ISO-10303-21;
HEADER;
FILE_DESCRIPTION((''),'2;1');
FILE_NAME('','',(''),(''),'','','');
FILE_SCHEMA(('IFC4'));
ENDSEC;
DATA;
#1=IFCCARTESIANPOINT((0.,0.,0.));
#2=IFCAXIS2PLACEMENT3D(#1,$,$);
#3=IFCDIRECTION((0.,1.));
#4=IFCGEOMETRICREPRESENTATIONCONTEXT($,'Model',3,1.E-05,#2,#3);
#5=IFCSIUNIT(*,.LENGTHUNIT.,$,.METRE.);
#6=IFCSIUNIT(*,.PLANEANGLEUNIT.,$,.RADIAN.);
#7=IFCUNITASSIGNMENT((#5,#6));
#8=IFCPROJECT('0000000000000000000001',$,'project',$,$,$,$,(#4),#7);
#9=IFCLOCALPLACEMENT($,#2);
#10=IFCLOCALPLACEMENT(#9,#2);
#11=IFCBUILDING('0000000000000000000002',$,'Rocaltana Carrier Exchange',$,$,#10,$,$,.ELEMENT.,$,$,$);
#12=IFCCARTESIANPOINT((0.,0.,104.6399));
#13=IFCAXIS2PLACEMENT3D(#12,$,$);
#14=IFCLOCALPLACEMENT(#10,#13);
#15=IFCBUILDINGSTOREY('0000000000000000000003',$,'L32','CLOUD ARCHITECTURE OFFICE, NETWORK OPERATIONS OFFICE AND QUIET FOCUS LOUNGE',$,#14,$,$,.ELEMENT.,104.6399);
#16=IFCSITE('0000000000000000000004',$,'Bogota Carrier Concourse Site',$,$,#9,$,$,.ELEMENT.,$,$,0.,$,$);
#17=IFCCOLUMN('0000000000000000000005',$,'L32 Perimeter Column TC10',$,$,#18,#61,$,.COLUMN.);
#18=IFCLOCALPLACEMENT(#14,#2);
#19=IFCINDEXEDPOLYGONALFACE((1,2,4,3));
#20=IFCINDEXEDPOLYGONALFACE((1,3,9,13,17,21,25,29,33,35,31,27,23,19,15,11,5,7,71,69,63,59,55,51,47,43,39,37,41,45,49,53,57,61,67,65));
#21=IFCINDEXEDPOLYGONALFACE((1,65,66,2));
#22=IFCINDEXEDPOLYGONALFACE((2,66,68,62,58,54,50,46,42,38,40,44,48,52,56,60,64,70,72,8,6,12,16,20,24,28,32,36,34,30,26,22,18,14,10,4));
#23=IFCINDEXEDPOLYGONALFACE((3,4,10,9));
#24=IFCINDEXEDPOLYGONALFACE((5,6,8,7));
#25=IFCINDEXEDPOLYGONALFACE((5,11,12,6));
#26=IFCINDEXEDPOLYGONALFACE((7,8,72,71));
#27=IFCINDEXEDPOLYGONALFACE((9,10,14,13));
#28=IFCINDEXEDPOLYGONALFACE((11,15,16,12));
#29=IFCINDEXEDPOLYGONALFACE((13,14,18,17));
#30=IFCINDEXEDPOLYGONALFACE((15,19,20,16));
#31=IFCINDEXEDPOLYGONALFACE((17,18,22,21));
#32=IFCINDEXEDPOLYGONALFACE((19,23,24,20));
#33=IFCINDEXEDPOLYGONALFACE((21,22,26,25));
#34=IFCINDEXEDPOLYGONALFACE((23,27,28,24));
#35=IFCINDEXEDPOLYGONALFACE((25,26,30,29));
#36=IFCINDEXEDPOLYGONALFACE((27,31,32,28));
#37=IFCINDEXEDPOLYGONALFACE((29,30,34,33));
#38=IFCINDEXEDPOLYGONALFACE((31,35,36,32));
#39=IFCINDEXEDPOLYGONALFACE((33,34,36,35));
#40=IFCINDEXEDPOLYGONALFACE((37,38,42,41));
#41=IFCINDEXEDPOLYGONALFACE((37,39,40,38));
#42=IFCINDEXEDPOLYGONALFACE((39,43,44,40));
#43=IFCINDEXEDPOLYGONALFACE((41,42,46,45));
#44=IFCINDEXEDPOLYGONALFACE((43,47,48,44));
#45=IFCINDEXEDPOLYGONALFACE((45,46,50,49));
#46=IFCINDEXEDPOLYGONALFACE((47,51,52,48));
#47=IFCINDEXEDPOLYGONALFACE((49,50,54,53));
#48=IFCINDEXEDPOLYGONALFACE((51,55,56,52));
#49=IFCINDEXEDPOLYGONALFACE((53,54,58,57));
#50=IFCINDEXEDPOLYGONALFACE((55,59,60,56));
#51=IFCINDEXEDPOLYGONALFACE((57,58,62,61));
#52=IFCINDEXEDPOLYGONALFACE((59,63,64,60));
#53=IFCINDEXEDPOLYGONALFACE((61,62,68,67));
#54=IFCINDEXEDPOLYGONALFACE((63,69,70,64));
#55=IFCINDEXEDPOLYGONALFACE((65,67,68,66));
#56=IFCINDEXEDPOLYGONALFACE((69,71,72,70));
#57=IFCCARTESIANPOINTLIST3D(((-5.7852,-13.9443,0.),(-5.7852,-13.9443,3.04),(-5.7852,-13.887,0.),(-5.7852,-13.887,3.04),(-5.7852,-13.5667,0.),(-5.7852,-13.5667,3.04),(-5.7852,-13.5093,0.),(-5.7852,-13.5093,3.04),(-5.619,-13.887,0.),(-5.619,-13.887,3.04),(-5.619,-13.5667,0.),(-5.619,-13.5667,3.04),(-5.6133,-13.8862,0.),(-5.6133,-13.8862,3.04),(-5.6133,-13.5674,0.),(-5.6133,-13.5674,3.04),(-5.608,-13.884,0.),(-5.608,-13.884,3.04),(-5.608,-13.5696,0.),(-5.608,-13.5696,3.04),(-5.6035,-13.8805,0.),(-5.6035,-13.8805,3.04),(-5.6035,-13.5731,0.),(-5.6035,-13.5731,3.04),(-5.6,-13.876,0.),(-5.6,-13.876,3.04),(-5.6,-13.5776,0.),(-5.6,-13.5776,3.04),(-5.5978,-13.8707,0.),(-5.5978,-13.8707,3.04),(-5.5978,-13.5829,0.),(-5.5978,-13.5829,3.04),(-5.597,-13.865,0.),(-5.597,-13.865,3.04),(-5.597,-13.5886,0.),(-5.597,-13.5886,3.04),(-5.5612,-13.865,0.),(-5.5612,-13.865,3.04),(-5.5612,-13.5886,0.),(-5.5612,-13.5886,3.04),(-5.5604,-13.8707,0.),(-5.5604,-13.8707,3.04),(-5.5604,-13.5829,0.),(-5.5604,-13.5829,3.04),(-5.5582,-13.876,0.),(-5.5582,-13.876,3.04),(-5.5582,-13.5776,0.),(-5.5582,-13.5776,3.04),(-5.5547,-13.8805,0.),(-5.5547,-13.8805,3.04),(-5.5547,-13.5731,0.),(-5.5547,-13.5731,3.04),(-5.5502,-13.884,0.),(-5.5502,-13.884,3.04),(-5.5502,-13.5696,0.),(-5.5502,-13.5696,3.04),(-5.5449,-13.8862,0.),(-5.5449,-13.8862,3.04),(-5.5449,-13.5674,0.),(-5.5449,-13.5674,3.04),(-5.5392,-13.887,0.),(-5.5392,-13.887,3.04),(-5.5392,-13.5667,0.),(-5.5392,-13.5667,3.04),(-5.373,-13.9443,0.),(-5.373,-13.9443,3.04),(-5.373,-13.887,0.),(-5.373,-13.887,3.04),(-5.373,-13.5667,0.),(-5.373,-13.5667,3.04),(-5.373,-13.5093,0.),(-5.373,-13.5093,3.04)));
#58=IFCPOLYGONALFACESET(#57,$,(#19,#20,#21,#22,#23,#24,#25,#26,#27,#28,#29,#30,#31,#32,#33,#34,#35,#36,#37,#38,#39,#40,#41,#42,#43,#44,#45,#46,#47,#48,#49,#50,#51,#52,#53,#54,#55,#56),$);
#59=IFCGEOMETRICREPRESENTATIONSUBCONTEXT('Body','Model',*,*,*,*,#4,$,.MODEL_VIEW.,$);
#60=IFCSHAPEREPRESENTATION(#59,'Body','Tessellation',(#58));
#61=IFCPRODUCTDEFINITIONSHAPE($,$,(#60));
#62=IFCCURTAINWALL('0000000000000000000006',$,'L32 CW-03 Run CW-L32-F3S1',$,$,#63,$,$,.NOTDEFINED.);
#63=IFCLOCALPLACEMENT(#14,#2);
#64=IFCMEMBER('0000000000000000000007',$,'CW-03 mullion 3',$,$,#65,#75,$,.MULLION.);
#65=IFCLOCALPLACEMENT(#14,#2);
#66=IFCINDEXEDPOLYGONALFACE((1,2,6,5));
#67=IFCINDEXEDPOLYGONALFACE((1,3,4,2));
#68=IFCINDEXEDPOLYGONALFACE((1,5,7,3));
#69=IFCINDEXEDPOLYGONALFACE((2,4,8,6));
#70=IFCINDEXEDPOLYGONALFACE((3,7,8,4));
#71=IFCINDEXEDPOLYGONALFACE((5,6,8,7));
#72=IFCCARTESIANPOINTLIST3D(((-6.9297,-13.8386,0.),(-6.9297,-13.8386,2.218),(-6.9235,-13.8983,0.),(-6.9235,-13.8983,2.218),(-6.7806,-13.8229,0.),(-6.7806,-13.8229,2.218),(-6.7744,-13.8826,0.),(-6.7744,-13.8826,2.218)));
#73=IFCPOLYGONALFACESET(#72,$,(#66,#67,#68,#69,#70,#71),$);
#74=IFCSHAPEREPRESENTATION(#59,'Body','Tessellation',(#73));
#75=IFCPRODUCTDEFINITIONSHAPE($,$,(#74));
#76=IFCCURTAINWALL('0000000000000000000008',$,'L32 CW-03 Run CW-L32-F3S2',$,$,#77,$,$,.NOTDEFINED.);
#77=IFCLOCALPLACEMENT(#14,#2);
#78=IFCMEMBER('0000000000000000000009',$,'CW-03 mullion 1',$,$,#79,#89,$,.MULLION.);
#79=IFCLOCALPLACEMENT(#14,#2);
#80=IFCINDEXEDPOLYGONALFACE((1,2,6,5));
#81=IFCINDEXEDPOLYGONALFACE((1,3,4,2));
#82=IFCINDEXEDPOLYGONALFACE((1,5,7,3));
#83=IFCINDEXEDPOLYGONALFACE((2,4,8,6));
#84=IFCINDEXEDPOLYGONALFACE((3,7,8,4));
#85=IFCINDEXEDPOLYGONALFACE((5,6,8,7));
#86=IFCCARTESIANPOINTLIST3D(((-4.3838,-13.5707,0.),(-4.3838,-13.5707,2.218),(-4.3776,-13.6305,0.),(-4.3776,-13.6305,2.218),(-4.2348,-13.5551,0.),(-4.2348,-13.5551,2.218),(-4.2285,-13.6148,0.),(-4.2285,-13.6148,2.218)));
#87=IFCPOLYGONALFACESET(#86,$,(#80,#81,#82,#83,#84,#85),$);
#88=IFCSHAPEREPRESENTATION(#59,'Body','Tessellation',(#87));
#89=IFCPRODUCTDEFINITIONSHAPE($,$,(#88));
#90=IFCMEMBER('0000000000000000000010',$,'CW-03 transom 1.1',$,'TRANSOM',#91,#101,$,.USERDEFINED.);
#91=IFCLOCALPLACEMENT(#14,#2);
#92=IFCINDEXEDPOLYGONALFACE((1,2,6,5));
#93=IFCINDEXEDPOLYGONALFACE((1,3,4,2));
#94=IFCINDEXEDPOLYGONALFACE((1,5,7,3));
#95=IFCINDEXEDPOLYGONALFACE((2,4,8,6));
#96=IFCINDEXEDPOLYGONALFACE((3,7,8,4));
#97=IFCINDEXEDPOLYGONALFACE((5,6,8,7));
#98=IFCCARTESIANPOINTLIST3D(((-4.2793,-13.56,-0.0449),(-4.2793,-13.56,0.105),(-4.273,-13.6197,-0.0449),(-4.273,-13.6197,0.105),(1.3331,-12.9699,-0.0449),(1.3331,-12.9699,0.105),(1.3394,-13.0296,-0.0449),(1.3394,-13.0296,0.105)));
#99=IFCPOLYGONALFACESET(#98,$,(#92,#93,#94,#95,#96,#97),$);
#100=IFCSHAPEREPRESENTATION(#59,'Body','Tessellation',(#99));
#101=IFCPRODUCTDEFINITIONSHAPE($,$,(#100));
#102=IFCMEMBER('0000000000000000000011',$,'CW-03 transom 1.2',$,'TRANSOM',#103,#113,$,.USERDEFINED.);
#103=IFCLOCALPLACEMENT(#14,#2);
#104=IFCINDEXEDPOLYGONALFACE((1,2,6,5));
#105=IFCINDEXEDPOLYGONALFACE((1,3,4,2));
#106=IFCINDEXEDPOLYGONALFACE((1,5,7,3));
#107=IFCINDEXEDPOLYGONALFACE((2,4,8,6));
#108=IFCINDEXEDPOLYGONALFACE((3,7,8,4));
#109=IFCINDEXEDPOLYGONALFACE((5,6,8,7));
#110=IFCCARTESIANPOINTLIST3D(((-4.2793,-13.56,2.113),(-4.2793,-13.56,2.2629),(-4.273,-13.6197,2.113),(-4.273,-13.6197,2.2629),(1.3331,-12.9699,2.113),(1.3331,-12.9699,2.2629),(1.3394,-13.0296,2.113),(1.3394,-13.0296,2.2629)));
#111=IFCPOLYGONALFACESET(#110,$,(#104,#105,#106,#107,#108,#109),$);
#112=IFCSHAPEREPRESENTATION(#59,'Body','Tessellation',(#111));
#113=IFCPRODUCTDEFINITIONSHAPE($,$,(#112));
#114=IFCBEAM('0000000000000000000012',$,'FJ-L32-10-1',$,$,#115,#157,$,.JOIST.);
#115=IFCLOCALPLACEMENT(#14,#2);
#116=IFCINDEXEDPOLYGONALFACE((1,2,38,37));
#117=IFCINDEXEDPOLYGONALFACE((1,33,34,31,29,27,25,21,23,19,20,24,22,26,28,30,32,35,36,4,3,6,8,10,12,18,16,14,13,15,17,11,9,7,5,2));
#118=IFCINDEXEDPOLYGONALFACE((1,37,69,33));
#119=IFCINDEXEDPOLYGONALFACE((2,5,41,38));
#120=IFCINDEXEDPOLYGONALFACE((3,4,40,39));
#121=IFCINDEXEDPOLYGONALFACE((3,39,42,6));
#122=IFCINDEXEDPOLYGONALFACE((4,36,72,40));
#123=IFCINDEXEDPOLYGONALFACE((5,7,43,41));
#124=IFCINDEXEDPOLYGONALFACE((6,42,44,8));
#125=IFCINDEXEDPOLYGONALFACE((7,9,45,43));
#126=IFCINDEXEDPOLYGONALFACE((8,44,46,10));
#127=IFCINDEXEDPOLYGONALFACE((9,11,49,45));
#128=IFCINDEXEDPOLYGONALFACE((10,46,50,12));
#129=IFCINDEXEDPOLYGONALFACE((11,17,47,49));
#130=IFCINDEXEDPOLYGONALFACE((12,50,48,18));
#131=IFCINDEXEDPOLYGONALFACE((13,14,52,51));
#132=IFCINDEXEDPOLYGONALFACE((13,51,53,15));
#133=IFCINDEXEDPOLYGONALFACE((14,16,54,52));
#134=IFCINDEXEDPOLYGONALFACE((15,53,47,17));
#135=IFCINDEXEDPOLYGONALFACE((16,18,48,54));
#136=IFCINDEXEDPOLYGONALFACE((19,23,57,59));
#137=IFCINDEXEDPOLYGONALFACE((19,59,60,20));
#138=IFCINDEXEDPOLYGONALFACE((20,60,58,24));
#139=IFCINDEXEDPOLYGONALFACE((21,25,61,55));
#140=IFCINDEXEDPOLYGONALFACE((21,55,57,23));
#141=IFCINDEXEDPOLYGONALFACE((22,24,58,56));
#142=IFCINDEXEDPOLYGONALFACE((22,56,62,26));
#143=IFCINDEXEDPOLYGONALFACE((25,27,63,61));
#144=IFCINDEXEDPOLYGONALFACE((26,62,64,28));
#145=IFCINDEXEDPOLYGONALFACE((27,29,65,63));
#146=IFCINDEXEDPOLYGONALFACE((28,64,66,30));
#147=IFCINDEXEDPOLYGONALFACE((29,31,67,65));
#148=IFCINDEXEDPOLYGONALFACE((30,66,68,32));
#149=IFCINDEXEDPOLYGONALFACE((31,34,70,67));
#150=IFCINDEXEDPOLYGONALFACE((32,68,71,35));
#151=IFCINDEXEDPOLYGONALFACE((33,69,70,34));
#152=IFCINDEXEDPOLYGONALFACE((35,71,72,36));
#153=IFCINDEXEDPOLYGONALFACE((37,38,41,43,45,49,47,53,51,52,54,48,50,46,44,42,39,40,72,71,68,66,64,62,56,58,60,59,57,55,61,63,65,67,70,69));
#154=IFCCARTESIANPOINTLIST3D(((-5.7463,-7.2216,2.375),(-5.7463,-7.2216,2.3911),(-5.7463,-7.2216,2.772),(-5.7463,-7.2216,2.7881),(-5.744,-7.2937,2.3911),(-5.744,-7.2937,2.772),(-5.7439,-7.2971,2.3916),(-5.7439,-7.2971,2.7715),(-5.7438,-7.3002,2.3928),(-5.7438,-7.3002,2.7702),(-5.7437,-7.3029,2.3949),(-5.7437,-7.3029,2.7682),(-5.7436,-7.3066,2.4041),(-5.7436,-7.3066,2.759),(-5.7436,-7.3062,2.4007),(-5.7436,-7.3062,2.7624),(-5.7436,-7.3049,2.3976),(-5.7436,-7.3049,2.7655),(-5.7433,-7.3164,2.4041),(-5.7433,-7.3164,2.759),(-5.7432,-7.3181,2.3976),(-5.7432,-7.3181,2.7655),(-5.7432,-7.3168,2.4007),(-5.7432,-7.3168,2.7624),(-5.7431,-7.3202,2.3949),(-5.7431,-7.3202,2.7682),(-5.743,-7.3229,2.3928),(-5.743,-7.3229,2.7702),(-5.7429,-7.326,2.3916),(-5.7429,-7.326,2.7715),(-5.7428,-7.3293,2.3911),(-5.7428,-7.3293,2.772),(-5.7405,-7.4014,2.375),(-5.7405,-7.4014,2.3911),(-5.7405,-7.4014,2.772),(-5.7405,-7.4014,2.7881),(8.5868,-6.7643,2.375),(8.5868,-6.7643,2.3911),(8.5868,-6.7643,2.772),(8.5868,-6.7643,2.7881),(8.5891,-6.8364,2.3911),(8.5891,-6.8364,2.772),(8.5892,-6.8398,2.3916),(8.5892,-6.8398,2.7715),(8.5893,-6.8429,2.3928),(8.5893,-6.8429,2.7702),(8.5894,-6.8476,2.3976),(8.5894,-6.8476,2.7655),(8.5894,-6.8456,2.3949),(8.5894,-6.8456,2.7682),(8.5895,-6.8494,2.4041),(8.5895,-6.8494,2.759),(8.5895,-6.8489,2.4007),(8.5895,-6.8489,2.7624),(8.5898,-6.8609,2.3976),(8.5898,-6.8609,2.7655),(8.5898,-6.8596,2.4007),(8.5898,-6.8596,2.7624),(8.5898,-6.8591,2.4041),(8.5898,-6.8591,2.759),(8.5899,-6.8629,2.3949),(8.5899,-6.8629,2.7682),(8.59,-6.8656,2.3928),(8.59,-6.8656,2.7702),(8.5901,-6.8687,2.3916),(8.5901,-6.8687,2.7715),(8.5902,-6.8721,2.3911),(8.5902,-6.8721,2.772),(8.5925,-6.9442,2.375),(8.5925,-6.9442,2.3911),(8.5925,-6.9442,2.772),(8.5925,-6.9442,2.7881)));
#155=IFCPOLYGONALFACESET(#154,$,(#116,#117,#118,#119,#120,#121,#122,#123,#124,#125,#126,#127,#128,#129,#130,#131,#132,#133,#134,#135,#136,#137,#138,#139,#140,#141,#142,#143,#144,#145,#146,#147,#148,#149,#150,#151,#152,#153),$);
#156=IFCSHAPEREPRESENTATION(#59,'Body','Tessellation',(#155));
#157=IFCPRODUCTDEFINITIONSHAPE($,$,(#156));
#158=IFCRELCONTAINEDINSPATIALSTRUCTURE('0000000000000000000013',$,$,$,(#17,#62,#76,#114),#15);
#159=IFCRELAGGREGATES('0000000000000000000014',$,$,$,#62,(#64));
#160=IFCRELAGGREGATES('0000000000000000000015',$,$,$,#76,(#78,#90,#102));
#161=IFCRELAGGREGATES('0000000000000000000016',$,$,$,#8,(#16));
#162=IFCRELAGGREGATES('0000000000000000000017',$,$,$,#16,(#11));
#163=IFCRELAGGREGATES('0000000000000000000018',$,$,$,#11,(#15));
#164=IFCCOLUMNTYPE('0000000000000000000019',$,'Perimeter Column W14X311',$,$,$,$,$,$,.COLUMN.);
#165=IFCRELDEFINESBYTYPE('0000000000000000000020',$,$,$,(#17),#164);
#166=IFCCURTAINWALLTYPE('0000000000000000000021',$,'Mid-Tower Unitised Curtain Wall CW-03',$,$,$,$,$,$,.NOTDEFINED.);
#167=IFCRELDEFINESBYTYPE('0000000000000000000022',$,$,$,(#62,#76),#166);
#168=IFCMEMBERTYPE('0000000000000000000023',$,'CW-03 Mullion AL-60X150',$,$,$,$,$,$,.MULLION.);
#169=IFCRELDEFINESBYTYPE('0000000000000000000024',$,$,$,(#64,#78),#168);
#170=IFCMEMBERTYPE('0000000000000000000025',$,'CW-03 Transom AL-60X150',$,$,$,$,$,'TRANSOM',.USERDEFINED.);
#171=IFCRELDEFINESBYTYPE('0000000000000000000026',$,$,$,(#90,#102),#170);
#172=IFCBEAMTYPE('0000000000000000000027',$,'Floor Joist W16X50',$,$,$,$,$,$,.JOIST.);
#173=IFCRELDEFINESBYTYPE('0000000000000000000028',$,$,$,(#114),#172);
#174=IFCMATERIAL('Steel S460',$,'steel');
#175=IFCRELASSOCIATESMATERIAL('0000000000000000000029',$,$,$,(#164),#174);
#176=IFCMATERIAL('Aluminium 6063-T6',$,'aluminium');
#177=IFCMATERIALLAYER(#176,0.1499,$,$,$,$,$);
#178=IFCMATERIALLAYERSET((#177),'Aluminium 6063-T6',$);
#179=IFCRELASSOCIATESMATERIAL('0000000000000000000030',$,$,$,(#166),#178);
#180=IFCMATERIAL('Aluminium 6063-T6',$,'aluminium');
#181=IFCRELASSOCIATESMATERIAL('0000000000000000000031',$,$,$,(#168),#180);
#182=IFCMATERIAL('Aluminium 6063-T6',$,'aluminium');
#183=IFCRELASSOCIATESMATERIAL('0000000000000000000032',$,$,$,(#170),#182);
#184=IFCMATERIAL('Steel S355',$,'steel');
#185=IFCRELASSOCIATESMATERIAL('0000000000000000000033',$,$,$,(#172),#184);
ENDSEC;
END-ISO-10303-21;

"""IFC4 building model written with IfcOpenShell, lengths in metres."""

from ifc_helpers import new_model, si_unit, direction, frame, origin, origin_2d, place, context, subcontext, project, spatial, rectangle, i_section, extrude, material, layer, layer_set, material_profile, profile_set, type_object, element, aggregate, save


model = new_model("IFC4")

# Units and contexts
model_context = context("Model", 3, precision=1e-05, world=origin(), true_north=direction((0.0, 1.0)))
body_context = subcontext(model_context, "Body", "Model", "MODEL_VIEW")
ifc_project = project(units=[si_unit("LENGTHUNIT", "METRE"), si_unit("PLANEANGLEUNIT", "RADIAN")], contexts=[model_context])

# Site, building, storey
site_placement = place(None, origin())
site = spatial("IfcSite", under=ifc_project, at=site_placement, Name="Bogota Carrier Concourse Site", CompositionType="ELEMENT", RefElevation=0.0)
building_placement = place(site_placement, origin())
building = spatial("IfcBuilding", under=site, at=building_placement, Name="Rocaltana Carrier Exchange", CompositionType="ELEMENT")
storey_placement = place(building_placement, frame((0.0, 0.0, 104.6399)))
storey = spatial("IfcBuildingStorey", under=building, at=storey_placement, Name="L32", Description="CLOUD ARCHITECTURE OFFICE, NETWORK OPERATIONS OFFICE AND QUIET FOCUS LOUNGE", CompositionType="ELEMENT", Elevation=104.6399)

# Column
ifc_material_1 = material(Name="Steel S460", Category="steel")
ifc_material_profile_1 = material_profile(ifc_material_1, i_section(OverallWidth=0.4121, OverallDepth=0.4351, WebThickness=0.0359, FlangeThickness=0.0574, FilletRadius=0.022, at=origin_2d()), Name="W14X311")
ifc_profile_set_1 = profile_set([ifc_material_profile_1], Name="Steel S460")
column_type = type_object("IfcColumnType", Name="Perimeter Column W14X311", PredefinedType="COLUMN", material=ifc_profile_set_1)
column_placement = place(storey_placement, frame((-5.5791, -13.7268, 0.0), z_axis=(0.0, 0.0, 1.0), x_axis=(1.0, 0.0, 0.0)))
element("IfcColumn", 1, at=column_placement, inside=storey, type_object=column_type, Name="L32 Perimeter Column TC10", PredefinedType="COLUMN", context=body_context, shape_type="SweptSolid", body=[
    extrude(i_section(OverallWidth=0.4121, OverallDepth=0.4351, WebThickness=0.0359, FlangeThickness=0.0574, FilletRadius=0.022, at=origin_2d()), origin(), (0.0, 0.0, 1.0), 3.04),
])

# Curtain wall, member
ifc_material_2 = material(Name="Aluminium 6063-T6", Category="aluminium")
ifc_layer_1 = layer(ifc_material_2, 0.1499)
ifc_layer_set_1 = layer_set([ifc_layer_1], Name="Aluminium 6063-T6")
curtain_wall_type = type_object("IfcCurtainWallType", Name="Mid-Tower Unitised Curtain Wall CW-03", PredefinedType="NOTDEFINED", material=ifc_layer_set_1)
curtain_wall_1_placement = place(storey_placement, origin())
curtain_wall_1 = element("IfcCurtainWall", 2, at=curtain_wall_1_placement, inside=storey, type_object=curtain_wall_type, Name="L32 CW-03 Run CW-L32-F3S1", PredefinedType="NOTDEFINED")
ifc_material_3 = material(Name="Aluminium 6063-T6", Category="aluminium")
ifc_material_profile_2 = material_profile(ifc_material_3, rectangle(XDim=0.0601, YDim=0.1499, at=origin_2d()), Name="AL-60X150")
ifc_profile_set_2 = profile_set([ifc_material_profile_2], Name="Aluminium 6063-T6")
member_type_1 = type_object("IfcMemberType", Name="CW-03 Mullion AL-60X150", PredefinedType="MULLION", material=ifc_profile_set_2)
member_1_placement = place(storey_placement, frame((-6.8521, -13.8606, 0.0), z_axis=(0.0, 0.0, 1.0), x_axis=(-0.104522, 0.994523, 0.0)))
member_1 = element("IfcMember", 3, at=member_1_placement, type_object=member_type_1, Name="CW-03 mullion 3", PredefinedType="MULLION", context=body_context, shape_type="SweptSolid", body=[
    extrude(rectangle(XDim=0.0601, YDim=0.1499, at=origin_2d()), origin(), (0.0, 0.0, 1.0), 2.218),
])
aggregate(curtain_wall_1, [member_1])

# Curtain wall, members
curtain_wall_2_placement = place(storey_placement, origin())
curtain_wall_2 = element("IfcCurtainWall", 4, at=curtain_wall_2_placement, inside=storey, type_object=curtain_wall_type, Name="L32 CW-03 Run CW-L32-F3S2", PredefinedType="NOTDEFINED")
member_2_placement = place(storey_placement, frame((-4.3062, -13.5928, 0.0), z_axis=(0.0, 0.0, 1.0), x_axis=(-0.10453, 0.994522, 0.0)))
member_2 = element("IfcMember", 5, at=member_2_placement, type_object=member_type_1, Name="CW-03 mullion 1", PredefinedType="MULLION", context=body_context, shape_type="SweptSolid", body=[
    extrude(rectangle(XDim=0.0601, YDim=0.1499, at=origin_2d()), origin(), (0.0, 0.0, 1.0), 2.218),
])
ifc_material_4 = material(Name="Aluminium 6063-T6", Category="aluminium")
ifc_material_profile_3 = material_profile(ifc_material_4, rectangle(XDim=0.0601, YDim=0.1499, at=origin_2d()), Name="AL-60X150")
ifc_profile_set_3 = profile_set([ifc_material_profile_3], Name="Aluminium 6063-T6")
member_type_2 = type_object("IfcMemberType", Name="CW-03 Transom AL-60X150", ElementType="TRANSOM", PredefinedType="USERDEFINED", material=ifc_profile_set_3)
member_3_placement = place(storey_placement, frame((-4.2761, -13.5898, 0.03), z_axis=(0.994518, 0.104565, 0.0), x_axis=(-0.104565, 0.994518, 0.0)))
member_3 = element("IfcMember", 6, at=member_3_placement, type_object=member_type_2, Name="CW-03 transom 1.1", ObjectType="TRANSOM", PredefinedType="USERDEFINED", context=body_context, shape_type="SweptSolid", body=[
    extrude(rectangle(XDim=0.0601, YDim=0.1499, at=origin_2d()), origin(), (0.0, 0.0, 1.0), 5.6433),
])
member_4_placement = place(storey_placement, frame((-4.2761, -13.5898, 2.188), z_axis=(0.994518, 0.104565, 0.0), x_axis=(-0.104565, 0.994518, 0.0)))
member_4 = element("IfcMember", 7, at=member_4_placement, type_object=member_type_2, Name="CW-03 transom 1.2", ObjectType="TRANSOM", PredefinedType="USERDEFINED", context=body_context, shape_type="SweptSolid", body=[
    extrude(rectangle(XDim=0.0601, YDim=0.1499, at=origin_2d()), origin(), (0.0, 0.0, 1.0), 5.6433),
])

# Beam
ifc_material_5 = material(Name="Steel S355", Category="steel")
ifc_material_profile_4 = material_profile(ifc_material_5, i_section(OverallWidth=0.1799, OverallDepth=0.4131, WebThickness=0.0098, FlangeThickness=0.0161, FilletRadius=0.0129, at=origin_2d()), Name="W16X50")
ifc_profile_set_4 = profile_set([ifc_material_profile_4], Name="Steel S355")
beam_type_1 = type_object("IfcBeamType", Name="Floor Joist W16X50", PredefinedType="JOIST", material=ifc_profile_set_4)
beam_1_placement = place(storey_placement, frame((-5.7434, -7.3115, 2.5815), z_axis=(0.999491, 0.031887, 0.0), x_axis=(-0.031887, 0.999491, 0.0)))
element("IfcBeam", 8, at=beam_1_placement, inside=storey, type_object=beam_type_1, Name="FJ-L32-10-1", PredefinedType="JOIST", context=body_context, shape_type="SweptSolid", body=[
    extrude(i_section(OverallWidth=0.1799, OverallDepth=0.4131, WebThickness=0.0098, FlangeThickness=0.0161, FilletRadius=0.0129, at=origin_2d()), origin(), (0.0, 0.0, 1.0), 14.3403),
])

aggregate(curtain_wall_2, [member_2, member_3, member_4])

save(model, "model.ifc")
